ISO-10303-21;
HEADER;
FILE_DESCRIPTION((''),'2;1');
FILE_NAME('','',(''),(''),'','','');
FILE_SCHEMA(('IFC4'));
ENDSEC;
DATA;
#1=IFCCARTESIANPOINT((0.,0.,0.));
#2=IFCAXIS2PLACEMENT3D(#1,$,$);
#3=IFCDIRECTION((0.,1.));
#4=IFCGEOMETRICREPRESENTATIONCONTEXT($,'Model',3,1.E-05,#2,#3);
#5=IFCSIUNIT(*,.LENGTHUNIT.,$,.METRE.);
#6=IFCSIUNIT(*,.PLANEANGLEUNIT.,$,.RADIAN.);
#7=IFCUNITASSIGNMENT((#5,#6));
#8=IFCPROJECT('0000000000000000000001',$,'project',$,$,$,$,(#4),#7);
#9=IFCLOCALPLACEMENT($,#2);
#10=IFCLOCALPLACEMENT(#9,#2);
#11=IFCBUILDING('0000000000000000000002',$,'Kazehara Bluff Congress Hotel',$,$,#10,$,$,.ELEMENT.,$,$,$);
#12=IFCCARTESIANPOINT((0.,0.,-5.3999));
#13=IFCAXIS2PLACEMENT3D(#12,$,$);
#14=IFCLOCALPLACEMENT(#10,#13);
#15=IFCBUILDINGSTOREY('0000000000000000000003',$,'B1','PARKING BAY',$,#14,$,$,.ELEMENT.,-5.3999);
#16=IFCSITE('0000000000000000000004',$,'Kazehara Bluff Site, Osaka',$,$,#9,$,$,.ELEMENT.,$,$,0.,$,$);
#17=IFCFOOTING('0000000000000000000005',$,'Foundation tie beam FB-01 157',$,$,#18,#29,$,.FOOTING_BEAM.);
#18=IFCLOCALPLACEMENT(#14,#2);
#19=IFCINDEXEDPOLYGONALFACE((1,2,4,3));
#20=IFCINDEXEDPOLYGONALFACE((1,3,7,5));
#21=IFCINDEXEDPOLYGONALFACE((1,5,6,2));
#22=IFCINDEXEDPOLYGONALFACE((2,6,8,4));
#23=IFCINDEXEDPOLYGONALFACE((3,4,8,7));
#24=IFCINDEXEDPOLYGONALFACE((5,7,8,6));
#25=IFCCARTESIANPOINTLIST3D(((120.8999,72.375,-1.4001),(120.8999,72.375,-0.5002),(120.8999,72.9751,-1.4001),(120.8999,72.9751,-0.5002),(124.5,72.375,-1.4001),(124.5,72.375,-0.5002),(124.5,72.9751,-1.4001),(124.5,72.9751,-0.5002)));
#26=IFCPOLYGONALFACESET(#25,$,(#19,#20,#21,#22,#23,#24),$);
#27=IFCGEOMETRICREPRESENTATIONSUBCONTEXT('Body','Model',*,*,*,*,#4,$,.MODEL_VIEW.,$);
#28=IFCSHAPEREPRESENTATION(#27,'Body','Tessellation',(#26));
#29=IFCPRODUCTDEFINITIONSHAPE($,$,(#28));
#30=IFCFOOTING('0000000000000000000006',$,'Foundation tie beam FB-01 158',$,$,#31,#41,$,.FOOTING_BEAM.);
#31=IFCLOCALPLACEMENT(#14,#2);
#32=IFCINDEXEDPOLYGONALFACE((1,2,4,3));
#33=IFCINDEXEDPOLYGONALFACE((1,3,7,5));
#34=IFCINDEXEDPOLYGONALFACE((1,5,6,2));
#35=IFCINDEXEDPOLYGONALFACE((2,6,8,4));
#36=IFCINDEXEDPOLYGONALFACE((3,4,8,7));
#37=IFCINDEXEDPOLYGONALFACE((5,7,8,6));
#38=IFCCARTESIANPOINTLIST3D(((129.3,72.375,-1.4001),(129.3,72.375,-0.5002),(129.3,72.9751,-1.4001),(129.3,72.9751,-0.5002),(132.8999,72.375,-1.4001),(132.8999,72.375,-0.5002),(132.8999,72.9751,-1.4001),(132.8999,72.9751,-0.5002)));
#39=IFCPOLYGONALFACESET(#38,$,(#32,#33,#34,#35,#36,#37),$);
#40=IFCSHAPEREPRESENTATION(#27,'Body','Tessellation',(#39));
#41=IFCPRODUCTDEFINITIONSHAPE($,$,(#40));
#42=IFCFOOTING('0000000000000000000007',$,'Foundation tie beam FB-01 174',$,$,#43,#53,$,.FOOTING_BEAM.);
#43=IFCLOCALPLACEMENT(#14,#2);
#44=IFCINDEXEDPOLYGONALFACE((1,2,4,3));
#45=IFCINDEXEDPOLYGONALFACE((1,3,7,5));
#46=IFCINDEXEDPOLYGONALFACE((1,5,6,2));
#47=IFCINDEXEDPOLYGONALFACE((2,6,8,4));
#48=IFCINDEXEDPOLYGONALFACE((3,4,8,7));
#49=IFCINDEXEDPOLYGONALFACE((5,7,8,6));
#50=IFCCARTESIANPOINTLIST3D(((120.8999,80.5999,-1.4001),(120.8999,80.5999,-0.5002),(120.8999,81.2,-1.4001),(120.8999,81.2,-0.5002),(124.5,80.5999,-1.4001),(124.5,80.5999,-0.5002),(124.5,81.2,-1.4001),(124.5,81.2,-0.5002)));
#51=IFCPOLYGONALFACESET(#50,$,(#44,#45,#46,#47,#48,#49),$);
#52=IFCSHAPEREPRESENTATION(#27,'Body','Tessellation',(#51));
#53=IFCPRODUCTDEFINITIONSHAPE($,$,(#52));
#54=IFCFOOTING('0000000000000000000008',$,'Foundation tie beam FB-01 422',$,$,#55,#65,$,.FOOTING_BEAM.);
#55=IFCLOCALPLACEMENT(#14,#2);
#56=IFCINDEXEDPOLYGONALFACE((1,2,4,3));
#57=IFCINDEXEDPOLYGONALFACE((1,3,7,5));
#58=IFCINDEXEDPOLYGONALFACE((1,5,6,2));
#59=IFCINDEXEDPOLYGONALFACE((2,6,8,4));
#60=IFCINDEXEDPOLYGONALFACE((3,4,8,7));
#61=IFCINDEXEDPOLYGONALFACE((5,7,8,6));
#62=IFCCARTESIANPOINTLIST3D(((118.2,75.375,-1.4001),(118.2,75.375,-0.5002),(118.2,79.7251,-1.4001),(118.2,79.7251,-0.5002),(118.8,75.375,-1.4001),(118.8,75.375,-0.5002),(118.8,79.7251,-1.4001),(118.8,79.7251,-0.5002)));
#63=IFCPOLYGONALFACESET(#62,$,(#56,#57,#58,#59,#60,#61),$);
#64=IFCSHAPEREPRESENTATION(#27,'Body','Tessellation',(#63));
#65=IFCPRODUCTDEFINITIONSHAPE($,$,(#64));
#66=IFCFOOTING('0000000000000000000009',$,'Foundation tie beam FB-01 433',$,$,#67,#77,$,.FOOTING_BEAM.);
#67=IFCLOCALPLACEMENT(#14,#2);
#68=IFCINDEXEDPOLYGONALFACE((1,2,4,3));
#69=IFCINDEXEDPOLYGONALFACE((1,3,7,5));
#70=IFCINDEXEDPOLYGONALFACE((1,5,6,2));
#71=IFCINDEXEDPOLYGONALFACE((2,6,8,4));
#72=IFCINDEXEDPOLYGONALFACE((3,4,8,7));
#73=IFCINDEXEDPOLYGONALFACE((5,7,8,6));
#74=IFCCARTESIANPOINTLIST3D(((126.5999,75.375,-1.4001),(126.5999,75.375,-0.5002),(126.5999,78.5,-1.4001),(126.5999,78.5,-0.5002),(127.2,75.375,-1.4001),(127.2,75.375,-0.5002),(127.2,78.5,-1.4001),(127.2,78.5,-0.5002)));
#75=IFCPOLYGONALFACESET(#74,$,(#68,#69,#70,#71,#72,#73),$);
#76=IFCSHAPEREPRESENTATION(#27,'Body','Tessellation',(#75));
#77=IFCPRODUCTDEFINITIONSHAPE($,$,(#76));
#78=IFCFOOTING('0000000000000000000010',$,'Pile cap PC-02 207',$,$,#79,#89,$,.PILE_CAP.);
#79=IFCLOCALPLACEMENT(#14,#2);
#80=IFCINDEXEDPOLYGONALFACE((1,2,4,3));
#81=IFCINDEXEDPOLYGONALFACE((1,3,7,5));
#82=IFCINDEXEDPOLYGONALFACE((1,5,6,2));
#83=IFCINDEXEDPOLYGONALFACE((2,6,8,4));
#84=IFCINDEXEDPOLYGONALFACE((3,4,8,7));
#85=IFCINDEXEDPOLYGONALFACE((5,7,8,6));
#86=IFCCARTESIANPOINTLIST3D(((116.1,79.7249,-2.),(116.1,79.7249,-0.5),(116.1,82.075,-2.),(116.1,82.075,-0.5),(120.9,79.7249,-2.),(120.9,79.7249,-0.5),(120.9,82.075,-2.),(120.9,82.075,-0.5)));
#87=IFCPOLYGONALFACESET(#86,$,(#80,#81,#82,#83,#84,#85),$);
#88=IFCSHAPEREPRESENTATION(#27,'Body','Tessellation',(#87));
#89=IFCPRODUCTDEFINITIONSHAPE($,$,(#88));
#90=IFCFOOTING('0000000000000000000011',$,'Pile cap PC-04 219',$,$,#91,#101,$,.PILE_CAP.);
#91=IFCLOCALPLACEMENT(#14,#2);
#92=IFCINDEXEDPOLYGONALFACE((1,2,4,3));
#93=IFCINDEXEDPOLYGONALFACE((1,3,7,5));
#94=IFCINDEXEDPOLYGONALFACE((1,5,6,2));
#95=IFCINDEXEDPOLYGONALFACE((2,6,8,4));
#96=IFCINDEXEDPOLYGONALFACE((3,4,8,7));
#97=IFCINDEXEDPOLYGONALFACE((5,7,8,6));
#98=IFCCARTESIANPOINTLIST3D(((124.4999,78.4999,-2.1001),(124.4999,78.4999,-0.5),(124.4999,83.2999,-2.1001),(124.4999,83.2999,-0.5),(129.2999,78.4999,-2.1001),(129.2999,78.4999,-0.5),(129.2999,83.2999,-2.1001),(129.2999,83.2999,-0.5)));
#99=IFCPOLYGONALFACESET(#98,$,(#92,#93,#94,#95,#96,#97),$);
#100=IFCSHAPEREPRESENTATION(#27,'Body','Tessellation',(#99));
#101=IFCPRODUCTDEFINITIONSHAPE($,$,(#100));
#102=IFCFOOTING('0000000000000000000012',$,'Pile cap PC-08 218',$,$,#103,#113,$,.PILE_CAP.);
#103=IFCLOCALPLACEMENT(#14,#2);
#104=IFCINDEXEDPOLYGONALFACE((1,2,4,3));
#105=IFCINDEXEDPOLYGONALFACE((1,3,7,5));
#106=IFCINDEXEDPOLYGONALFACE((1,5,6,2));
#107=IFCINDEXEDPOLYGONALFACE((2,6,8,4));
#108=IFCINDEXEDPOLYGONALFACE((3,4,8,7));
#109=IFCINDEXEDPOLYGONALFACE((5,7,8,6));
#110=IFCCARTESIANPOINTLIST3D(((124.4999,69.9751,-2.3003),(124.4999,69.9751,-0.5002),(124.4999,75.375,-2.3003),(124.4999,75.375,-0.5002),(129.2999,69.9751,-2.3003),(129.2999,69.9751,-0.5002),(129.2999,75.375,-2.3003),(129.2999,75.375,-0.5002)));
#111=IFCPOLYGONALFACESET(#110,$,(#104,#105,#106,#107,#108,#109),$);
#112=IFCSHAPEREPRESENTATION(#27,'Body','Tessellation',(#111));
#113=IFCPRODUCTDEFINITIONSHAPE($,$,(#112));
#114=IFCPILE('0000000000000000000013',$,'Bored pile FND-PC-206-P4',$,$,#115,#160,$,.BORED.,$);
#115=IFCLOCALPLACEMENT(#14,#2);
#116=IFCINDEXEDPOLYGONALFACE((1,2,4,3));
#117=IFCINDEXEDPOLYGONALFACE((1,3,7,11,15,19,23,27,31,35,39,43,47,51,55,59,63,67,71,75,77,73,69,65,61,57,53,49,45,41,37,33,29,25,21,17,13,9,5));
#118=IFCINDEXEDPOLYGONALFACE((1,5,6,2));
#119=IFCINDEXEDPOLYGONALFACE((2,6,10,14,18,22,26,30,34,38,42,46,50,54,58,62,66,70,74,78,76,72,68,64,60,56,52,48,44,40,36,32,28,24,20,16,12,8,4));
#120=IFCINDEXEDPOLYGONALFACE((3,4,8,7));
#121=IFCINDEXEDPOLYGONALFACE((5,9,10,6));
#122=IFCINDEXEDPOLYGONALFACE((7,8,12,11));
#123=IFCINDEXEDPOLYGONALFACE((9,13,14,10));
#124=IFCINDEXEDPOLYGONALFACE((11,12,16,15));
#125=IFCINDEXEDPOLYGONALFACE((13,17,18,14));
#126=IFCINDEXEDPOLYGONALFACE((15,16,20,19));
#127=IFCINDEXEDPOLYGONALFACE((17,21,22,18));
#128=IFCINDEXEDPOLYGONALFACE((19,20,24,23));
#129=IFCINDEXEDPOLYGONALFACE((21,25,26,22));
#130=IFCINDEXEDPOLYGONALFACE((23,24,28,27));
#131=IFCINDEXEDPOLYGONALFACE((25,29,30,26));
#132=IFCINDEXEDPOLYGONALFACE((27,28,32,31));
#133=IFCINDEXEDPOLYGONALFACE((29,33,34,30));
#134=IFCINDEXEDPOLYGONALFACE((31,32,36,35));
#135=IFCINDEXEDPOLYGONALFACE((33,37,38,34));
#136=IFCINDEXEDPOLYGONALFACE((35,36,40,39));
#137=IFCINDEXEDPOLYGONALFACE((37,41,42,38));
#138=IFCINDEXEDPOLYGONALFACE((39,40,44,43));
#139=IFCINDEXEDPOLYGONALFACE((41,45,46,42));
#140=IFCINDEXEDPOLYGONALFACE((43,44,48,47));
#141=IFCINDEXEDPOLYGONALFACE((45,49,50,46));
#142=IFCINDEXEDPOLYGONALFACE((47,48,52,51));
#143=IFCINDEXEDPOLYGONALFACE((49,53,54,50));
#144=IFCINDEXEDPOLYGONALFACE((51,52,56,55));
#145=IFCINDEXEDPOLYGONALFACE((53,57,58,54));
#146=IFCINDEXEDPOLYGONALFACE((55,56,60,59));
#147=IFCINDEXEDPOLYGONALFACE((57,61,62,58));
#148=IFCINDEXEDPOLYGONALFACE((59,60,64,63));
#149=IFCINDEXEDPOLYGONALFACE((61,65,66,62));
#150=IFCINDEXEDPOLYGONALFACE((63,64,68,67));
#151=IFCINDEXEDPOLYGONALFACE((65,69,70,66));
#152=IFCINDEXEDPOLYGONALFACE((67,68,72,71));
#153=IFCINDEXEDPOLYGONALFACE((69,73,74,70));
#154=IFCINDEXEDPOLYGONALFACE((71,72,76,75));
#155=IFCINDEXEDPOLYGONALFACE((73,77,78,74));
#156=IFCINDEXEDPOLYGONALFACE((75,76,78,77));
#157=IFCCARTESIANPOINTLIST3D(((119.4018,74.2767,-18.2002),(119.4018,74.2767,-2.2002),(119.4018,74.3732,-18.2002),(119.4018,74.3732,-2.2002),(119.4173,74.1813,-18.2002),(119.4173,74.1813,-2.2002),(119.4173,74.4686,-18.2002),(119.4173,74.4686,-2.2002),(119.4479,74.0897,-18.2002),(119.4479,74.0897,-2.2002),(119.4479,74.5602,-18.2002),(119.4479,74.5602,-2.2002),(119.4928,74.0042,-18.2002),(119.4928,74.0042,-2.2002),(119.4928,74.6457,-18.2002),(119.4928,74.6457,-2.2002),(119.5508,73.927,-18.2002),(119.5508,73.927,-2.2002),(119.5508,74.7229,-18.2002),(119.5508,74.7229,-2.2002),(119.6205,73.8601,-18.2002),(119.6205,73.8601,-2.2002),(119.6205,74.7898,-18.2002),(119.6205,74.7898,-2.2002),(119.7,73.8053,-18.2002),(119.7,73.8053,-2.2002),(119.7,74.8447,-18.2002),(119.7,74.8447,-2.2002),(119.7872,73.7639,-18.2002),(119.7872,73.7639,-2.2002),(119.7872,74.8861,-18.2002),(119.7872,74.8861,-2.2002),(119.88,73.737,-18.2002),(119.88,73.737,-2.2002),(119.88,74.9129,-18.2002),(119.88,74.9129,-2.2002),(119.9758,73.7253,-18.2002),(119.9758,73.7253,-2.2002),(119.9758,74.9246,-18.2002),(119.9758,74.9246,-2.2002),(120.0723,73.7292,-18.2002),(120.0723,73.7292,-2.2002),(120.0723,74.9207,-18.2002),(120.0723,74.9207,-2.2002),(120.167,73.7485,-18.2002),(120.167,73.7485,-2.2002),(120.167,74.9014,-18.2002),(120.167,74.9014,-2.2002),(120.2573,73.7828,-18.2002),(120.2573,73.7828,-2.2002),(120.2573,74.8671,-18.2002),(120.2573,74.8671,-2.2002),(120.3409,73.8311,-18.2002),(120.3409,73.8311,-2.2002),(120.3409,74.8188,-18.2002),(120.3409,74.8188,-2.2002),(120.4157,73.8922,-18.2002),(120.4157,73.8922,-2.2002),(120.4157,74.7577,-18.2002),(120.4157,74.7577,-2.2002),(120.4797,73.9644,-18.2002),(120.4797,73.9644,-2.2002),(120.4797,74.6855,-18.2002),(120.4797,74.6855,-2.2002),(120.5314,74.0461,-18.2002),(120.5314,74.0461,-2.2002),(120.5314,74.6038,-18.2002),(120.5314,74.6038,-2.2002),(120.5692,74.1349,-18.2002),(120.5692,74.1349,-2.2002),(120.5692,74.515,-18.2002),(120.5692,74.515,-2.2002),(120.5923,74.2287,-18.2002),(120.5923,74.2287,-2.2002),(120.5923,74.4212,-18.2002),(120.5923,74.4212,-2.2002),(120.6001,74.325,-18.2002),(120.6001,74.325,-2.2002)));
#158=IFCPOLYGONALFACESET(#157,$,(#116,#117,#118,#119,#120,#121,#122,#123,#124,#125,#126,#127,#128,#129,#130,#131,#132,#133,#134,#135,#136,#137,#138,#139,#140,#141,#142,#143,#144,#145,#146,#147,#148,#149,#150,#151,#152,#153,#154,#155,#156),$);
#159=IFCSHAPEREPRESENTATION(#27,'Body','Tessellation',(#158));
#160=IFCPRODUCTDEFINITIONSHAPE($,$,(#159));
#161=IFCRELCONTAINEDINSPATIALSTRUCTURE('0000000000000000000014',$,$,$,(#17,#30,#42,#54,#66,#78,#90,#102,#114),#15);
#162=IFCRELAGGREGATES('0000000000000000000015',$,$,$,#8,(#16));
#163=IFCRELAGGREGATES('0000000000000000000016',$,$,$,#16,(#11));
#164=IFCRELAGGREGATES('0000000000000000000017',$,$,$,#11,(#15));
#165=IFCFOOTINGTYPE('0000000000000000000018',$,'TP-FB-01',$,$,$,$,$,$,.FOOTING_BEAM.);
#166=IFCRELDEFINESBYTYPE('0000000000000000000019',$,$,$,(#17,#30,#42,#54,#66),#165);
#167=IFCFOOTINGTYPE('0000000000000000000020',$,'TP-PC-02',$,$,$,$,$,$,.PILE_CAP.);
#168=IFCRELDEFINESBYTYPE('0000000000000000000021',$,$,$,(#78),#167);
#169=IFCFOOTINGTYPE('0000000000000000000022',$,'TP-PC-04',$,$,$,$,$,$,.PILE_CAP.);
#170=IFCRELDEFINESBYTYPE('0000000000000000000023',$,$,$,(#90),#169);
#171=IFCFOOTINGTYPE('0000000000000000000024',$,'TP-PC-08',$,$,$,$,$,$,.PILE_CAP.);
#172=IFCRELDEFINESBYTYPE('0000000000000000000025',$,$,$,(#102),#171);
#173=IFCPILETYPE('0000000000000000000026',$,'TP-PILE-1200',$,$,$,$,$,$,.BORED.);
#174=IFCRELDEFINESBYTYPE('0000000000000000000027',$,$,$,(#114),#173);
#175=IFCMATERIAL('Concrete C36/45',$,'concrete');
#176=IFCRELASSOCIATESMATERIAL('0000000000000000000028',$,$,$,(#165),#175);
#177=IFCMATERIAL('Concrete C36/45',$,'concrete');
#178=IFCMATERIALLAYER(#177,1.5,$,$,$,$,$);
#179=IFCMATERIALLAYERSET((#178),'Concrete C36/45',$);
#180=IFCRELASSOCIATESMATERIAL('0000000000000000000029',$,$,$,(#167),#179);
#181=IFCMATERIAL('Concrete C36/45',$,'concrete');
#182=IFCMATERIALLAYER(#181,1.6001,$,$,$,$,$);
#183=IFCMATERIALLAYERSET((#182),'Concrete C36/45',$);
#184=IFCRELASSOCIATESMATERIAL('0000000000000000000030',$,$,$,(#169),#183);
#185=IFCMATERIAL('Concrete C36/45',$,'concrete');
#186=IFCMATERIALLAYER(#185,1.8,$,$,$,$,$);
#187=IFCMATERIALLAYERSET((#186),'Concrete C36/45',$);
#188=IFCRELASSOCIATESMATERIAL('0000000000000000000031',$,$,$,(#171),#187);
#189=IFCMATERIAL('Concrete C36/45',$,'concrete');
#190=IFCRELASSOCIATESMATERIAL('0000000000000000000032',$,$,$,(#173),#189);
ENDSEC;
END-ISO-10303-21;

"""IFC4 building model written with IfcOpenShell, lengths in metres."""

from ifc_helpers import new_model, si_unit, direction, frame, origin, origin_2d, place, context, subcontext, project, spatial, rectangle, circle, extrude, material, layer, layer_set, material_profile, profile_set, type_object, element, save


model = new_model("IFC4")

# Units and contexts
model_context = context("Model", 3, precision=1e-05, world=origin(), true_north=direction((0.0, 1.0)))
body_context = subcontext(model_context, "Body", "Model", "MODEL_VIEW")
ifc_project = project(units=[si_unit("LENGTHUNIT", "METRE"), si_unit("PLANEANGLEUNIT", "RADIAN")], contexts=[model_context])

# Site, building, storey
site_placement = place(None, origin())
site = spatial("IfcSite", under=ifc_project, at=site_placement, Name="Kazehara Bluff Site, Osaka", CompositionType="ELEMENT", RefElevation=0.0)
building_placement = place(site_placement, origin())
building = spatial("IfcBuilding", under=site, at=building_placement, Name="Kazehara Bluff Congress Hotel", CompositionType="ELEMENT")
storey_placement = place(building_placement, frame((0.0, 0.0, -5.3999)))
storey = spatial("IfcBuildingStorey", under=building, at=storey_placement, Name="B1", Description="PARKING BAY", CompositionType="ELEMENT", Elevation=-5.3999)

# Footings
ifc_material_1 = material(Name="Concrete C36/45", Category="concrete")
ifc_material_profile_1 = material_profile(ifc_material_1, rectangle(XDim=0.6001, YDim=0.8999, at=origin_2d()))
ifc_profile_set_1 = profile_set([ifc_material_profile_1], Name="Concrete C36/45")
footing_type_1 = type_object("IfcFootingType", Name="TP-FB-01", PredefinedType="FOOTING_BEAM", material=ifc_profile_set_1)
footing_1_placement = place(storey_placement, frame((120.8999, 72.675, -0.9502), z_axis=(1.0, 0.0, 0.0), x_axis=(0.0, 1.0, 0.0)))
element("IfcFooting", 1, at=footing_1_placement, inside=storey, type_object=footing_type_1, Name="Foundation tie beam FB-01 157", PredefinedType="FOOTING_BEAM", context=body_context, shape_type="SweptSolid", body=[
    extrude(rectangle(XDim=0.6001, YDim=0.8999, at=origin_2d()), origin(), (0.0, 0.0, 1.0), 3.6001),
])
footing_2_placement = place(storey_placement, frame((129.3, 72.675, -0.9502), z_axis=(1.0, 0.0, 0.0), x_axis=(0.0, 1.0, 0.0)))
element("IfcFooting", 2, at=footing_2_placement, inside=storey, type_object=footing_type_1, Name="Foundation tie beam FB-01 158", PredefinedType="FOOTING_BEAM", context=body_context, shape_type="SweptSolid", body=[
    extrude(rectangle(XDim=0.6001, YDim=0.8999, at=origin_2d()), origin(), (0.0, 0.0, 1.0), 3.5999),
])
footing_3_placement = place(storey_placement, frame((120.8999, 80.8999, -0.9502), z_axis=(1.0, 0.0, 0.0), x_axis=(0.0, 1.0, 0.0)))
element("IfcFooting", 3, at=footing_3_placement, inside=storey, type_object=footing_type_1, Name="Foundation tie beam FB-01 174", PredefinedType="FOOTING_BEAM", context=body_context, shape_type="SweptSolid", body=[
    extrude(rectangle(XDim=0.6001, YDim=0.8999, at=origin_2d()), origin(), (0.0, 0.0, 1.0), 3.6001),
])
footing_4_placement = place(storey_placement, frame((118.5, 75.375, -0.9502), z_axis=(0.0, 1.0, 0.0), x_axis=(-1.0, 0.0, 0.0)))
element("IfcFooting", 4, at=footing_4_placement, inside=storey, type_object=footing_type_1, Name="Foundation tie beam FB-01 422", PredefinedType="FOOTING_BEAM", context=body_context, shape_type="SweptSolid", body=[
    extrude(rectangle(XDim=0.6001, YDim=0.8999, at=origin_2d()), origin(), (0.0, 0.0, 1.0), 4.3501),
])
footing_5_placement = place(storey_placement, frame((126.8999, 75.375, -0.9502), z_axis=(0.0, 1.0, 0.0), x_axis=(-1.0, 0.0, 0.0)))
element("IfcFooting", 5, at=footing_5_placement, inside=storey, type_object=footing_type_1, Name="Foundation tie beam FB-01 433", PredefinedType="FOOTING_BEAM", context=body_context, shape_type="SweptSolid", body=[
    extrude(rectangle(XDim=0.6001, YDim=0.8999, at=origin_2d()), origin(), (0.0, 0.0, 1.0), 3.125),
])
ifc_material_2 = material(Name="Concrete C36/45", Category="concrete")
ifc_layer_1 = layer(ifc_material_2, 1.5)
ifc_layer_set_1 = layer_set([ifc_layer_1], Name="Concrete C36/45")
footing_type_2 = type_object("IfcFootingType", Name="TP-PC-02", PredefinedType="PILE_CAP", material=ifc_layer_set_1)
footing_6_placement = place(storey_placement, frame((118.5, 80.8999, -2.0), z_axis=(0.0, 0.0, 1.0), x_axis=(1.0, 0.0, 0.0)))
element("IfcFooting", 6, at=footing_6_placement, inside=storey, type_object=footing_type_2, Name="Pile cap PC-02 207", PredefinedType="PILE_CAP", context=body_context, shape_type="SweptSolid", body=[
    extrude(rectangle(XDim=4.8, YDim=2.3501, at=origin_2d()), origin(), (0.0, 0.0, 1.0), 1.5),
])
ifc_material_3 = material(Name="Concrete C36/45", Category="concrete")
ifc_layer_2 = layer(ifc_material_3, 1.6001)
ifc_layer_set_2 = layer_set([ifc_layer_2], Name="Concrete C36/45")
footing_type_3 = type_object("IfcFootingType", Name="TP-PC-04", PredefinedType="PILE_CAP", material=ifc_layer_set_2)
footing_7_placement = place(storey_placement, frame((126.8999, 80.8999, -2.1001), z_axis=(0.0, 0.0, 1.0), x_axis=(1.0, 0.0, 0.0)))
element("IfcFooting", 7, at=footing_7_placement, inside=storey, type_object=footing_type_3, Name="Pile cap PC-04 219", PredefinedType="PILE_CAP", context=body_context, shape_type="SweptSolid", body=[
    extrude(rectangle(XDim=4.8, YDim=4.8, at=origin_2d()), origin(), (0.0, 0.0, 1.0), 1.6001),
])
ifc_material_4 = material(Name="Concrete C36/45", Category="concrete")
ifc_layer_3 = layer(ifc_material_4, 1.8)
ifc_layer_set_3 = layer_set([ifc_layer_3], Name="Concrete C36/45")
footing_type_4 = type_object("IfcFootingType", Name="TP-PC-08", PredefinedType="PILE_CAP", material=ifc_layer_set_3)
footing_8_placement = place(storey_placement, frame((126.8999, 72.675, -2.3003), z_axis=(0.0, 0.0, 1.0), x_axis=(1.0, 0.0, 0.0)))
element("IfcFooting", 8, at=footing_8_placement, inside=storey, type_object=footing_type_4, Name="Pile cap PC-08 218", PredefinedType="PILE_CAP", context=body_context, shape_type="SweptSolid", body=[
    extrude(rectangle(XDim=4.8, YDim=5.3999, at=origin_2d()), origin(), (0.0, 0.0, 1.0), 1.8),
])

# Pile
ifc_material_5 = material(Name="Concrete C36/45", Category="concrete")
ifc_material_profile_2 = material_profile(ifc_material_5, circle(Radius=0.6001, at=origin_2d()))
ifc_profile_set_2 = profile_set([ifc_material_profile_2], Name="Concrete C36/45")
pile_type = type_object("IfcPileType", Name="TP-PILE-1200", PredefinedType="BORED", material=ifc_profile_set_2)
for number, where, z_axis, x_axis, name in (
    (9, (120.0, 74.325, -2.2002), (0.0, 0.0, -1.0), (1.0, 0.0, 0.0), "Bored pile FND-PC-206-P4"),
):
    element("IfcPile", number, at=place(storey_placement, frame(where, z_axis=z_axis, x_axis=x_axis)), inside=storey, type_object=pile_type, Name=name, PredefinedType="BORED", context=body_context, shape_type="SweptSolid", body=[
        extrude(circle(Radius=0.6001, at=origin_2d()), origin(), (0.0, 0.0, 1.0), 16.0),
    ])

save(model, "model.ifc")
